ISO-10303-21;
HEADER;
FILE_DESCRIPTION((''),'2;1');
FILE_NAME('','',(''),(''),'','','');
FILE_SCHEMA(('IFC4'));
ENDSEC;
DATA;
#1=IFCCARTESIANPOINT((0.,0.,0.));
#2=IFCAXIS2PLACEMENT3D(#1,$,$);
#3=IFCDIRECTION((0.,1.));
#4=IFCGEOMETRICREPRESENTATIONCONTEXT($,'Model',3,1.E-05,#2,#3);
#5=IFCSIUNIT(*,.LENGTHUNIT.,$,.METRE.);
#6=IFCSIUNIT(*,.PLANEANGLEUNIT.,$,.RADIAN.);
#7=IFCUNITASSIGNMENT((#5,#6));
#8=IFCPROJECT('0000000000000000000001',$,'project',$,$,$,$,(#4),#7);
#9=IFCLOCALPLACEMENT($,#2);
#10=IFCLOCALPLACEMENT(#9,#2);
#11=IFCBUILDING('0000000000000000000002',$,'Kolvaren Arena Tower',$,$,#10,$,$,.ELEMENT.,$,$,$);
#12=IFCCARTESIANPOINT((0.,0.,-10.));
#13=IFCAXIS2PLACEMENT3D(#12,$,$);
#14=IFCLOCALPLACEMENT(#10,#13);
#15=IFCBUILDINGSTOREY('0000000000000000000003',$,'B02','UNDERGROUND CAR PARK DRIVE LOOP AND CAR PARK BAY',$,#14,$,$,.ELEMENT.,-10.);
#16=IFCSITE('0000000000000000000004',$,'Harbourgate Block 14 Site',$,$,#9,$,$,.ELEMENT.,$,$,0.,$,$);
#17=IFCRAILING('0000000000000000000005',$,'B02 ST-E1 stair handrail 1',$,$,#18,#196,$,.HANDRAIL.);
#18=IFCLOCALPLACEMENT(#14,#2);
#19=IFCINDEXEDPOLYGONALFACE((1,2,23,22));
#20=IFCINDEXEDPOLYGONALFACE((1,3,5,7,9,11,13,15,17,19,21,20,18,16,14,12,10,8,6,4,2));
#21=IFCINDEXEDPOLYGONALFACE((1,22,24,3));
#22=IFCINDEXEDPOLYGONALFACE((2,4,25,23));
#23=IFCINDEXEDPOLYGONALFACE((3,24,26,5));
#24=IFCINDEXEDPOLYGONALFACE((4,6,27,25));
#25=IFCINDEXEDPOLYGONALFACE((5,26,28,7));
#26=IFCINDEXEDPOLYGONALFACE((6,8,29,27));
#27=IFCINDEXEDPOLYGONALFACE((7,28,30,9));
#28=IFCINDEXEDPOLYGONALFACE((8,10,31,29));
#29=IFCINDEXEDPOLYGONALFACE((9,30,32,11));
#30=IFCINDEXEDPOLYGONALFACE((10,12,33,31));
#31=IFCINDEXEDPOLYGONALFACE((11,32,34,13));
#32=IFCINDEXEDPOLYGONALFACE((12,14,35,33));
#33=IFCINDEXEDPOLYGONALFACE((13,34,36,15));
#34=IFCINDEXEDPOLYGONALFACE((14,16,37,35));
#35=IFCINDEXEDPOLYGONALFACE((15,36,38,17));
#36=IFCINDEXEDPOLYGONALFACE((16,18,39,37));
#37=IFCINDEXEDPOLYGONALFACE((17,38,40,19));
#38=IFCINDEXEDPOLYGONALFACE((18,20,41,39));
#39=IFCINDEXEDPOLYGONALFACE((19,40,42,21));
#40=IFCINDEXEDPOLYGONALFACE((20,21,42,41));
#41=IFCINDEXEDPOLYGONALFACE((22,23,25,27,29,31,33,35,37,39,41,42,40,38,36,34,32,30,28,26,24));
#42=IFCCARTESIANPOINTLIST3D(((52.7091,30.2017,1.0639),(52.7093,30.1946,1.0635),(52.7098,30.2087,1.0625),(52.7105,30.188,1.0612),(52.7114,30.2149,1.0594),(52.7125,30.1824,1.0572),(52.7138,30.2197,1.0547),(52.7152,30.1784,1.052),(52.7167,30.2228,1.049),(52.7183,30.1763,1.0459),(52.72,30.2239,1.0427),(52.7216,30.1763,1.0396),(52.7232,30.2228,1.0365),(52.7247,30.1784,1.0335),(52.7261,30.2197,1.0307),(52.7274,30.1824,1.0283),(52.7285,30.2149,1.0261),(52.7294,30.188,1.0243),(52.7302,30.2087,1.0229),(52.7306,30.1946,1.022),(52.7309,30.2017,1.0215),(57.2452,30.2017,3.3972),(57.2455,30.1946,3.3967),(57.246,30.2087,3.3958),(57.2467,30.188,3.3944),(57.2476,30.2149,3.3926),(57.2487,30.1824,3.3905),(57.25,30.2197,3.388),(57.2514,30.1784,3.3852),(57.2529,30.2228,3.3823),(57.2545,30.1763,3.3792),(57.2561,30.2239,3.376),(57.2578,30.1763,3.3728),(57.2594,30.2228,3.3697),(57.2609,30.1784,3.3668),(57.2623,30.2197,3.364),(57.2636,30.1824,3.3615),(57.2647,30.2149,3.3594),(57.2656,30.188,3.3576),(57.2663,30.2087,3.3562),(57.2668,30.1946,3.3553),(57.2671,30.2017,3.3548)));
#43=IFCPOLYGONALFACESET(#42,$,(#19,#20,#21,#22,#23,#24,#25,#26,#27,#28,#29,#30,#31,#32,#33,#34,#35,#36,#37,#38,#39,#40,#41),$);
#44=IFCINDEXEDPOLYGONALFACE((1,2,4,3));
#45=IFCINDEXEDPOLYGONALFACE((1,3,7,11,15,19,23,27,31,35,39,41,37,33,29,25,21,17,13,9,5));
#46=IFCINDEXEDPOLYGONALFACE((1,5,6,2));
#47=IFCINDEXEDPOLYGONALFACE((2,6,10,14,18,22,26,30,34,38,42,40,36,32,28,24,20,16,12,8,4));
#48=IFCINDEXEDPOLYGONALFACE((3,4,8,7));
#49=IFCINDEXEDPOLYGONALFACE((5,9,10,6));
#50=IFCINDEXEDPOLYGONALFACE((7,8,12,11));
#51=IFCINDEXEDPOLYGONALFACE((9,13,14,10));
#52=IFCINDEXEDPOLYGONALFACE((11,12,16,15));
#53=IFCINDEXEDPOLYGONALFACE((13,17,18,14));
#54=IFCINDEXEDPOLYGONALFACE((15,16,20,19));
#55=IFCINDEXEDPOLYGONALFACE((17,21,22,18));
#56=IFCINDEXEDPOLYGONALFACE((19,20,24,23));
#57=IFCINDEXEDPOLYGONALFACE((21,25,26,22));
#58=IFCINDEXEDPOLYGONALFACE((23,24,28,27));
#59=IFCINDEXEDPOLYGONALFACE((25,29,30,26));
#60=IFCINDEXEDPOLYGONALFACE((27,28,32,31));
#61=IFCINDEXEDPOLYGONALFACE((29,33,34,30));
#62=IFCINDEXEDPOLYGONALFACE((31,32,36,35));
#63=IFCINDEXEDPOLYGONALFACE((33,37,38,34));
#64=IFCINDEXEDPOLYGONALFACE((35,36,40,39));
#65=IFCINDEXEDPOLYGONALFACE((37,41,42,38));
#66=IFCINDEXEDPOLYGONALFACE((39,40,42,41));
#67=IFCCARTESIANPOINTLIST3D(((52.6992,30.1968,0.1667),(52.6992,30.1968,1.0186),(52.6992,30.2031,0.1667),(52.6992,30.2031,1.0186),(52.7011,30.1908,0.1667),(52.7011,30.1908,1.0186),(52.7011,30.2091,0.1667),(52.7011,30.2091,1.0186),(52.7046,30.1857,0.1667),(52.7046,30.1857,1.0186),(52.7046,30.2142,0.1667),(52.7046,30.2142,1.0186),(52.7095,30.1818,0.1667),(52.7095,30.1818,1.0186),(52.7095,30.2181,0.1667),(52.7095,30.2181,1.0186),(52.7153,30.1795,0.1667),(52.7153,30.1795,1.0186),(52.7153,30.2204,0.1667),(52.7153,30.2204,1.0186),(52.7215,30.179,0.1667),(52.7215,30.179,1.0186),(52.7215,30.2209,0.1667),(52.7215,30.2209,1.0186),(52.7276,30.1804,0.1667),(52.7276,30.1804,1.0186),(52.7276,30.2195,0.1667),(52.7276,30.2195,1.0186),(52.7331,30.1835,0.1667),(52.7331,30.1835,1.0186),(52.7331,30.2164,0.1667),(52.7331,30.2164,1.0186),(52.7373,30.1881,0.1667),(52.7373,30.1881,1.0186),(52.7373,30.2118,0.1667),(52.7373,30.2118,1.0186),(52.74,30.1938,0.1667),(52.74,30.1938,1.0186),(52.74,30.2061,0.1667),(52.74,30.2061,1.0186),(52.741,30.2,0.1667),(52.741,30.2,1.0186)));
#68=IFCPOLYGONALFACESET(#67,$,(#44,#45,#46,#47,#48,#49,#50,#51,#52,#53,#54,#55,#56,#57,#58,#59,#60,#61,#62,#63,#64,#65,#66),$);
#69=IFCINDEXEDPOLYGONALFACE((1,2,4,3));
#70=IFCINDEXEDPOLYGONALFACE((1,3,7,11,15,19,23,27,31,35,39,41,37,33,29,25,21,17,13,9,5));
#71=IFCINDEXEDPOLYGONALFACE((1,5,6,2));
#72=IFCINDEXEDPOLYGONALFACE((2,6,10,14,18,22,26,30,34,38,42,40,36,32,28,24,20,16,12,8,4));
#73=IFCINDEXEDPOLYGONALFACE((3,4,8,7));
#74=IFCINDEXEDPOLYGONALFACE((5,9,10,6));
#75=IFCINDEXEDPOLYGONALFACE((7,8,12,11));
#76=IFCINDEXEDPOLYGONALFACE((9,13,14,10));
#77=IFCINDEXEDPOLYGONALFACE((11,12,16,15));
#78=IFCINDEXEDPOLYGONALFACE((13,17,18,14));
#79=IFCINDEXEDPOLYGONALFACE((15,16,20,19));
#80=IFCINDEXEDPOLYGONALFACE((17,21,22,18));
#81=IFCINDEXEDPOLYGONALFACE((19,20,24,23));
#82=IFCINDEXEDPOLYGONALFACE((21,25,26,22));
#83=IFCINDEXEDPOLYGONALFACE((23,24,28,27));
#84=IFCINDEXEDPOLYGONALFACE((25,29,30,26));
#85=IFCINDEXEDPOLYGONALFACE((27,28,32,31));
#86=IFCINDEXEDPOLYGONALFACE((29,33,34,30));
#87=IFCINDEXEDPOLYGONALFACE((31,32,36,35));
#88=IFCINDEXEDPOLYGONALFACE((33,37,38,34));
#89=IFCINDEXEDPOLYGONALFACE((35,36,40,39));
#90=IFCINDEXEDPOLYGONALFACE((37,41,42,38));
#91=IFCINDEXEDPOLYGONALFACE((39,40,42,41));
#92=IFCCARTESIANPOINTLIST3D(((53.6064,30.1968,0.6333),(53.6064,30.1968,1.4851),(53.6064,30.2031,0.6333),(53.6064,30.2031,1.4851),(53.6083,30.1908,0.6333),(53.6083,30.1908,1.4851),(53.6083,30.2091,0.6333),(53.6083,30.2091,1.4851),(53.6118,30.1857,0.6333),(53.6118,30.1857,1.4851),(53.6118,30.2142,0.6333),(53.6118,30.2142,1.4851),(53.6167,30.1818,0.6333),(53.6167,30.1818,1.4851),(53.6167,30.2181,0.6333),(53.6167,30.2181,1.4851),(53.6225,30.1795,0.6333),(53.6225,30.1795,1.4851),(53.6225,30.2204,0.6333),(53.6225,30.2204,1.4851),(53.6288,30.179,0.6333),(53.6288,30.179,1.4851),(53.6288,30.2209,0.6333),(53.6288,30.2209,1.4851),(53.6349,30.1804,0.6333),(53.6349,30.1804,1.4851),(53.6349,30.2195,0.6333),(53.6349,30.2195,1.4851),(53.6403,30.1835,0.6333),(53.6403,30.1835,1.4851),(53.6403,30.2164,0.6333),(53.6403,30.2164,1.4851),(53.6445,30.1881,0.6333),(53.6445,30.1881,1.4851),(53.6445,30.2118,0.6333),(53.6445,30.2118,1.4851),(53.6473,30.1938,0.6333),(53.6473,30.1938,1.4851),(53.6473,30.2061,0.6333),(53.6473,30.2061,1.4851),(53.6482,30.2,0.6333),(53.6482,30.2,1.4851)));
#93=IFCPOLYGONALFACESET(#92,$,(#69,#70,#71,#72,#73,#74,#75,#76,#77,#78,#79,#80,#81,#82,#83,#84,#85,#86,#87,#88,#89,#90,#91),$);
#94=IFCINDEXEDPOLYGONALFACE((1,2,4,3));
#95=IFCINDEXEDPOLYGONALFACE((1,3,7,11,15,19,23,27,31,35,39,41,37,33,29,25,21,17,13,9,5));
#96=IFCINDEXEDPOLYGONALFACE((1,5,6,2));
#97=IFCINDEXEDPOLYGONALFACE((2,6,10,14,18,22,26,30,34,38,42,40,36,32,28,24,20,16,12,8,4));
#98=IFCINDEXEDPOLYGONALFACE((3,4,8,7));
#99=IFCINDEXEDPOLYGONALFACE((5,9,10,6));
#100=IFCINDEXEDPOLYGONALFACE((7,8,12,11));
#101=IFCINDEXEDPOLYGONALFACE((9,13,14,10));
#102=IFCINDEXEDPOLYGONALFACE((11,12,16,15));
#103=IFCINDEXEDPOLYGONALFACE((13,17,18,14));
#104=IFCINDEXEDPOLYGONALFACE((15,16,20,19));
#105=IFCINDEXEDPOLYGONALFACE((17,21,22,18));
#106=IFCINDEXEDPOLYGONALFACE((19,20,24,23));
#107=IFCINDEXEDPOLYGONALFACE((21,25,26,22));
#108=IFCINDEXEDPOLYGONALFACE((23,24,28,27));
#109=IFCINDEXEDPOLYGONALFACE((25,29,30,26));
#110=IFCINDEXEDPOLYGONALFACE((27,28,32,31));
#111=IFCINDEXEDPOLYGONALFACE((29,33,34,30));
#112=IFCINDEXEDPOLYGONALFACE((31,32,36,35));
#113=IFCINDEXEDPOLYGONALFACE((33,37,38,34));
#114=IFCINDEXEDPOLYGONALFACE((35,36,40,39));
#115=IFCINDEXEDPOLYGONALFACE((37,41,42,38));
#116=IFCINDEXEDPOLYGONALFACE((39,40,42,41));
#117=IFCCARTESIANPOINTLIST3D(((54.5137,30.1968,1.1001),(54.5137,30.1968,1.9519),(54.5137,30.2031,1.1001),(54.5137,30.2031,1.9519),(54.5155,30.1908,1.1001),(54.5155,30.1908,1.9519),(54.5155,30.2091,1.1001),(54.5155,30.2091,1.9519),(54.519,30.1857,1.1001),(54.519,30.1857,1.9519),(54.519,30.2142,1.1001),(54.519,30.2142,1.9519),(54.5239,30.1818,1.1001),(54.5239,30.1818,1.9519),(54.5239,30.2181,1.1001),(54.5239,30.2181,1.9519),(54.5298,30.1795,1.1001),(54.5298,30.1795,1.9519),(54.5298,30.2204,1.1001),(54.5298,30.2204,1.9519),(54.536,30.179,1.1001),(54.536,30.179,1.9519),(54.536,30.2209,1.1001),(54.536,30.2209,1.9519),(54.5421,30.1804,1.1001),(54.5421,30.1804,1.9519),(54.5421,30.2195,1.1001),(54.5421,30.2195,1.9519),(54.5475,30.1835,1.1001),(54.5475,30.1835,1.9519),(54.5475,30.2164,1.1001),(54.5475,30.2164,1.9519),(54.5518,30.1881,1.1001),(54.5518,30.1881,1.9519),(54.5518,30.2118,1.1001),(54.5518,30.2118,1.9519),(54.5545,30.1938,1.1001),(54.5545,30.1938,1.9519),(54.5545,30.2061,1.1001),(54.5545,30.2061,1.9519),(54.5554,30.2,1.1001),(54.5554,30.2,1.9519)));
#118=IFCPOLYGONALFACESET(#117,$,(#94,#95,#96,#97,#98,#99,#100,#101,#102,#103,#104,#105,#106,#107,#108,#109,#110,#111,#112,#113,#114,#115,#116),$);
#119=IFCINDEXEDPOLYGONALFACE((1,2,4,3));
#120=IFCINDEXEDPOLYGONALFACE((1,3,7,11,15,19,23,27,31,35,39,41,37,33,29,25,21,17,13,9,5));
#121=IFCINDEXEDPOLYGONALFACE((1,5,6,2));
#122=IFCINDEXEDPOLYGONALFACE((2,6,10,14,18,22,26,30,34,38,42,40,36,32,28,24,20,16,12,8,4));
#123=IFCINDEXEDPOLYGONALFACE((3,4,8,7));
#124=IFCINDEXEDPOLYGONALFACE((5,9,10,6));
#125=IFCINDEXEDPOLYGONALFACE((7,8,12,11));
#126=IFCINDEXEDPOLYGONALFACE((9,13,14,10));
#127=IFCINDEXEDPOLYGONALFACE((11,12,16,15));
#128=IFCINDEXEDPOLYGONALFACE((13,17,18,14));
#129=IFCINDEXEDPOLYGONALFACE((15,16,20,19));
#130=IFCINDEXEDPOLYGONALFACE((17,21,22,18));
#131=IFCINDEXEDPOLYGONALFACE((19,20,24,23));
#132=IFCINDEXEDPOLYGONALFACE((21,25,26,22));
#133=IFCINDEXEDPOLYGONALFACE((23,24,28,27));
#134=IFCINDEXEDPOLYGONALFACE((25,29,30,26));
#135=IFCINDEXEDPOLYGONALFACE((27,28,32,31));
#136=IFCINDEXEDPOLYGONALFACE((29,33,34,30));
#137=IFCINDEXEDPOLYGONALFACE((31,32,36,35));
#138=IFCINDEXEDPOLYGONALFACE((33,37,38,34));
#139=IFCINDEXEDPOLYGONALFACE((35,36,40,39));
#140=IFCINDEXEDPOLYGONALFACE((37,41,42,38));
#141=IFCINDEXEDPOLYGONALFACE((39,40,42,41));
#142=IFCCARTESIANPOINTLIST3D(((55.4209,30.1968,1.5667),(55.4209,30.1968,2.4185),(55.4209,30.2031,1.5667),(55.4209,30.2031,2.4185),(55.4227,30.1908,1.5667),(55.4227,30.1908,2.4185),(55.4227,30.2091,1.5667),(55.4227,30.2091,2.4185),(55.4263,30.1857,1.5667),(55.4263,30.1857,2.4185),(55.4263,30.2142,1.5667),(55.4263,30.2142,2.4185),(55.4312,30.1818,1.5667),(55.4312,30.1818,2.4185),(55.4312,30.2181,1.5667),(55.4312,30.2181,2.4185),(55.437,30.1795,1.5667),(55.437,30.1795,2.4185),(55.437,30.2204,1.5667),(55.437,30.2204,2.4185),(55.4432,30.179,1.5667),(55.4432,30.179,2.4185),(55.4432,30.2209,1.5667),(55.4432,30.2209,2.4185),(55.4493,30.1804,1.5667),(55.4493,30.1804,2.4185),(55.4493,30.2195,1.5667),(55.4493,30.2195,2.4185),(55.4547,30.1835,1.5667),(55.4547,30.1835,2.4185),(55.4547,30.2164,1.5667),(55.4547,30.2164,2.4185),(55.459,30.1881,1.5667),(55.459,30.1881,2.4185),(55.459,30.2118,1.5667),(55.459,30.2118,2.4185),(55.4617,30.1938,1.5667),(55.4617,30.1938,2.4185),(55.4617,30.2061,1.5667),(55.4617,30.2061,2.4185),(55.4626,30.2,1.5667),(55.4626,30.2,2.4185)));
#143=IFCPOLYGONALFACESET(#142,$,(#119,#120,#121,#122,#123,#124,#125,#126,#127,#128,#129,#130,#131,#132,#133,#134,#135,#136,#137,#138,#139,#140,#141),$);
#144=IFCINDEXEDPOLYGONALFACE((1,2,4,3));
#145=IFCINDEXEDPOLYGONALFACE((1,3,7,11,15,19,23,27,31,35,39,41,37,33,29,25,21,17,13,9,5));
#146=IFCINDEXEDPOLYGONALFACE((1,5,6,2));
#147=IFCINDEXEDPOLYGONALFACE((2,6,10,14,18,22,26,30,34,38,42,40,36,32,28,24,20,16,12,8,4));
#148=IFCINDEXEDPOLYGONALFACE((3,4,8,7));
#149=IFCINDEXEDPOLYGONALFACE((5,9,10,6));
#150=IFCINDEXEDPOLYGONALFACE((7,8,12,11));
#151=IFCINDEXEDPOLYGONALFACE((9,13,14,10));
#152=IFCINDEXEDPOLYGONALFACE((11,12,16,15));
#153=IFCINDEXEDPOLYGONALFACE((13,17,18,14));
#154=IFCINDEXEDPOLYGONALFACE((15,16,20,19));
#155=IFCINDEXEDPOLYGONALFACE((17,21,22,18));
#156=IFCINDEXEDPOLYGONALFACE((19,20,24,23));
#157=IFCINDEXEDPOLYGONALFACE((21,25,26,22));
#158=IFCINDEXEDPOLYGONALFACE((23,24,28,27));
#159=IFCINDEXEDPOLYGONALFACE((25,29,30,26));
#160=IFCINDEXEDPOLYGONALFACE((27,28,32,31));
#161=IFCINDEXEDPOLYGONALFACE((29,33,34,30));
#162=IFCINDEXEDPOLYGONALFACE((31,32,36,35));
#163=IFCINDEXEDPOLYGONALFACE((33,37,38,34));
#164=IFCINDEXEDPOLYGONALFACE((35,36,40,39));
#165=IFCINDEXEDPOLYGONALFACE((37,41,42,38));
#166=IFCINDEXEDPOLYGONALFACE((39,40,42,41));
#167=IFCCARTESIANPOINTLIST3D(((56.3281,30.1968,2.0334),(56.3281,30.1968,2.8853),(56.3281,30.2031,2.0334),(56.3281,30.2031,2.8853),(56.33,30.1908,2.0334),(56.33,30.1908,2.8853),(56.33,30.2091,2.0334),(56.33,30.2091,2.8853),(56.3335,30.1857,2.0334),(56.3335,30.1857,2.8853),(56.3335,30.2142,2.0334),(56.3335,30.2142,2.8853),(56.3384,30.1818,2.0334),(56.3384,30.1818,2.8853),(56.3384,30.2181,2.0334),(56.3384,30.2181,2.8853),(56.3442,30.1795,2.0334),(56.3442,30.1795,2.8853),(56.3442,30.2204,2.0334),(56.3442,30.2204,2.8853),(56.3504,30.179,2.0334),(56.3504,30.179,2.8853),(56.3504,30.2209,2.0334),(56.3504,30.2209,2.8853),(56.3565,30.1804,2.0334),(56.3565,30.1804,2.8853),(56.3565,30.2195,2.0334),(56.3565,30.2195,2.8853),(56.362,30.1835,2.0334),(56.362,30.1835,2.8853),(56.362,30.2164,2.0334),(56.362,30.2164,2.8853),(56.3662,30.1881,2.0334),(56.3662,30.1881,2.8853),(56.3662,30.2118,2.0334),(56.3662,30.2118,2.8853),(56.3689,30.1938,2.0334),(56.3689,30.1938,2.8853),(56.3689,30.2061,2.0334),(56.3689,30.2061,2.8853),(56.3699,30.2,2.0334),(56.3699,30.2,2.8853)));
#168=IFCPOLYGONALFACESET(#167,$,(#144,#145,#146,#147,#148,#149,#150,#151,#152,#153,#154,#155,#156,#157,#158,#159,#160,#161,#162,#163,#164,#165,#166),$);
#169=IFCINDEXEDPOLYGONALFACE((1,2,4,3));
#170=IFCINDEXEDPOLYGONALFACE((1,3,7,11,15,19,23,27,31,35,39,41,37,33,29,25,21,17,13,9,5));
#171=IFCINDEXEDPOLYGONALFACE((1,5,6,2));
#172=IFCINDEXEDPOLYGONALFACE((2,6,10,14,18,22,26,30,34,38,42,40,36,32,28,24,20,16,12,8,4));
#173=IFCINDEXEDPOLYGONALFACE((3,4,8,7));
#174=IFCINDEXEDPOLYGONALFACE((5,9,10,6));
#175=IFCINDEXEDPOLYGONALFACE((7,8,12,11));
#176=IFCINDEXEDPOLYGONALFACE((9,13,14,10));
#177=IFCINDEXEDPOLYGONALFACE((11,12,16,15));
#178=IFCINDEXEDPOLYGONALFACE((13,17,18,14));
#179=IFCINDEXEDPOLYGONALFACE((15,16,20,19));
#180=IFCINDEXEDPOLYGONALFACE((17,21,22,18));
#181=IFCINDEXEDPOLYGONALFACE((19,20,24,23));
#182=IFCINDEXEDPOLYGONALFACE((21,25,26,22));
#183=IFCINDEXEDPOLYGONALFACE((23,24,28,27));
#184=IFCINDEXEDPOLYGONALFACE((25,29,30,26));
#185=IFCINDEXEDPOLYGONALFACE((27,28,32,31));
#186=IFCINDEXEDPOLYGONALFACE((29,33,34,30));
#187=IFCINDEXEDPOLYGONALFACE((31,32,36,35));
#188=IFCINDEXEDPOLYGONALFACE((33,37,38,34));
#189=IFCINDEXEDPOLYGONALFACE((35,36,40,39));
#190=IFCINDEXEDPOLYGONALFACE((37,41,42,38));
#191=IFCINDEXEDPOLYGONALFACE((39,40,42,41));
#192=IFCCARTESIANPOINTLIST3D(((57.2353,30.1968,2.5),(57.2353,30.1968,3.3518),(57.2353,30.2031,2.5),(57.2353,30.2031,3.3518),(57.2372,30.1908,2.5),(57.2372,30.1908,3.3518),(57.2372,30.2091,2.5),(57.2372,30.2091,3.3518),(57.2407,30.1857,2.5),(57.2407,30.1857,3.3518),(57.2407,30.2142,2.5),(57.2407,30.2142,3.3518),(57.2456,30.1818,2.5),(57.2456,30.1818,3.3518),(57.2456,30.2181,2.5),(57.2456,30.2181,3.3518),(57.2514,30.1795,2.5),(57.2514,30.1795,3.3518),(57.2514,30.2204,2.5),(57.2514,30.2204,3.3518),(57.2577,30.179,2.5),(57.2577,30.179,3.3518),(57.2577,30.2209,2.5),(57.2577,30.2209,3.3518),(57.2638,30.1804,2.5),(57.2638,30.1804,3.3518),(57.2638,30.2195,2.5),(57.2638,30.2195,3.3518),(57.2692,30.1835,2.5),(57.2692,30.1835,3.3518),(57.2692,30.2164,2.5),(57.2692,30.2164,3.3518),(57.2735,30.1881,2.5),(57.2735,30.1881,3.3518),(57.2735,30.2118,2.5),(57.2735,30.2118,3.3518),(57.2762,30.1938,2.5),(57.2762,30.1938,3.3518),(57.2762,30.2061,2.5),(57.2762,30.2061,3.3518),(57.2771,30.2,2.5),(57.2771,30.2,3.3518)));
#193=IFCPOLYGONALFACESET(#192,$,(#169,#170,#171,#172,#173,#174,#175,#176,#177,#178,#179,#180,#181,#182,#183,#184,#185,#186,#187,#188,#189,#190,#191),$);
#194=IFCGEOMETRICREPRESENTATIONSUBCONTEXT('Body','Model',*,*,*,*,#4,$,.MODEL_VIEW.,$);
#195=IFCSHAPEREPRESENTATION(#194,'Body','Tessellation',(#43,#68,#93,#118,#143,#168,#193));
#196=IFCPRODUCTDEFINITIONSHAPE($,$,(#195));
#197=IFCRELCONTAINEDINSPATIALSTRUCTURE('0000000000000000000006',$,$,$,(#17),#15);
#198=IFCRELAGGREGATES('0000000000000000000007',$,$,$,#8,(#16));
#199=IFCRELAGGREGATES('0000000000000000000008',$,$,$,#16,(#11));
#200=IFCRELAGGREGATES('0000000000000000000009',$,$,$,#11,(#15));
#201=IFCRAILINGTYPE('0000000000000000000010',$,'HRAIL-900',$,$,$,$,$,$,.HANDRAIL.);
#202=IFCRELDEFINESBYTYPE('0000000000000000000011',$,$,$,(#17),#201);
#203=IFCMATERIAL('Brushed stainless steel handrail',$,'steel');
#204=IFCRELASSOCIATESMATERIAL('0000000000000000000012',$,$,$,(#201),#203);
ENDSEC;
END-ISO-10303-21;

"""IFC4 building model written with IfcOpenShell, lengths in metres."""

from ifc_helpers import new_model, si_unit, direction, frame, origin, origin_2d, place, context, subcontext, project, spatial, circle, extrude, material, type_object, element, save


model = new_model("IFC4")

# Units and contexts
model_context = context("Model", 3, precision=1e-05, world=origin(), true_north=direction((0.0, 1.0)))
body_context = subcontext(model_context, "Body", "Model", "MODEL_VIEW")
ifc_project = project(units=[si_unit("LENGTHUNIT", "METRE"), si_unit("PLANEANGLEUNIT", "RADIAN")], contexts=[model_context])

# Site, building, storey
site_placement = place(None, origin())
site = spatial("IfcSite", under=ifc_project, at=site_placement, Name="Harbourgate Block 14 Site", CompositionType="ELEMENT", RefElevation=0.0)
building_placement = place(site_placement, origin())
building = spatial("IfcBuilding", under=site, at=building_placement, Name="Kolvaren Arena Tower", CompositionType="ELEMENT")
storey_placement = place(building_placement, frame((0.0, 0.0, -10.0)))
storey = spatial("IfcBuildingStorey", under=building, at=storey_placement, Name="B02", Description="UNDERGROUND CAR PARK DRIVE LOOP AND CAR PARK BAY", CompositionType="ELEMENT", Elevation=-10.0)

# Railing
ifc_material_1 = material(Name="Brushed stainless steel handrail", Category="steel")
railing_type_1 = type_object("IfcRailingType", Name="HRAIL-900", PredefinedType="HANDRAIL", material=ifc_material_1)
for number, where, name in (
    (1, (52.72, 30.2, 0.1667), "B02 ST-E1 stair handrail 1"),
):
    element("IfcRailing", number, at=place(storey_placement, frame(where)), inside=storey, type_object=railing_type_1, Name=name, PredefinedType="HANDRAIL", context=body_context, shape_type="SweptSolid", body=[
        extrude(circle(Radius=0.0239, at=origin_2d()), frame((0.0, 0.0, 0.876), z_axis=(0.889257, 0.0, 0.457407), x_axis=(0.0, 1.0, 0.0)), (0.0, 0.0, 1.0), 5.1011),
        extrude(circle(Radius=0.021, at=origin_2d()), origin(), (0.0, 0.0, 1.0), 0.8518),
        extrude(circle(Radius=0.021, at=origin_2d()), frame((0.9072, 0.0, 0.4666)), (0.0, 0.0, 1.0), 0.8518),
        extrude(circle(Radius=0.021, at=origin_2d()), frame((1.8145, 0.0, 0.9333)), (0.0, 0.0, 1.0), 0.8518),
        extrude(circle(Radius=0.021, at=origin_2d()), frame((2.7217, 0.0, 1.3999)), (0.0, 0.0, 1.0), 0.8518),
        extrude(circle(Radius=0.021, at=origin_2d()), frame((3.6289, 0.0, 1.8667)), (0.0, 0.0, 1.0), 0.8518),
        extrude(circle(Radius=0.021, at=origin_2d()), frame((4.5361, 0.0, 2.3333)), (0.0, 0.0, 1.0), 0.8518),
    ])

save(model, "model.ifc")
